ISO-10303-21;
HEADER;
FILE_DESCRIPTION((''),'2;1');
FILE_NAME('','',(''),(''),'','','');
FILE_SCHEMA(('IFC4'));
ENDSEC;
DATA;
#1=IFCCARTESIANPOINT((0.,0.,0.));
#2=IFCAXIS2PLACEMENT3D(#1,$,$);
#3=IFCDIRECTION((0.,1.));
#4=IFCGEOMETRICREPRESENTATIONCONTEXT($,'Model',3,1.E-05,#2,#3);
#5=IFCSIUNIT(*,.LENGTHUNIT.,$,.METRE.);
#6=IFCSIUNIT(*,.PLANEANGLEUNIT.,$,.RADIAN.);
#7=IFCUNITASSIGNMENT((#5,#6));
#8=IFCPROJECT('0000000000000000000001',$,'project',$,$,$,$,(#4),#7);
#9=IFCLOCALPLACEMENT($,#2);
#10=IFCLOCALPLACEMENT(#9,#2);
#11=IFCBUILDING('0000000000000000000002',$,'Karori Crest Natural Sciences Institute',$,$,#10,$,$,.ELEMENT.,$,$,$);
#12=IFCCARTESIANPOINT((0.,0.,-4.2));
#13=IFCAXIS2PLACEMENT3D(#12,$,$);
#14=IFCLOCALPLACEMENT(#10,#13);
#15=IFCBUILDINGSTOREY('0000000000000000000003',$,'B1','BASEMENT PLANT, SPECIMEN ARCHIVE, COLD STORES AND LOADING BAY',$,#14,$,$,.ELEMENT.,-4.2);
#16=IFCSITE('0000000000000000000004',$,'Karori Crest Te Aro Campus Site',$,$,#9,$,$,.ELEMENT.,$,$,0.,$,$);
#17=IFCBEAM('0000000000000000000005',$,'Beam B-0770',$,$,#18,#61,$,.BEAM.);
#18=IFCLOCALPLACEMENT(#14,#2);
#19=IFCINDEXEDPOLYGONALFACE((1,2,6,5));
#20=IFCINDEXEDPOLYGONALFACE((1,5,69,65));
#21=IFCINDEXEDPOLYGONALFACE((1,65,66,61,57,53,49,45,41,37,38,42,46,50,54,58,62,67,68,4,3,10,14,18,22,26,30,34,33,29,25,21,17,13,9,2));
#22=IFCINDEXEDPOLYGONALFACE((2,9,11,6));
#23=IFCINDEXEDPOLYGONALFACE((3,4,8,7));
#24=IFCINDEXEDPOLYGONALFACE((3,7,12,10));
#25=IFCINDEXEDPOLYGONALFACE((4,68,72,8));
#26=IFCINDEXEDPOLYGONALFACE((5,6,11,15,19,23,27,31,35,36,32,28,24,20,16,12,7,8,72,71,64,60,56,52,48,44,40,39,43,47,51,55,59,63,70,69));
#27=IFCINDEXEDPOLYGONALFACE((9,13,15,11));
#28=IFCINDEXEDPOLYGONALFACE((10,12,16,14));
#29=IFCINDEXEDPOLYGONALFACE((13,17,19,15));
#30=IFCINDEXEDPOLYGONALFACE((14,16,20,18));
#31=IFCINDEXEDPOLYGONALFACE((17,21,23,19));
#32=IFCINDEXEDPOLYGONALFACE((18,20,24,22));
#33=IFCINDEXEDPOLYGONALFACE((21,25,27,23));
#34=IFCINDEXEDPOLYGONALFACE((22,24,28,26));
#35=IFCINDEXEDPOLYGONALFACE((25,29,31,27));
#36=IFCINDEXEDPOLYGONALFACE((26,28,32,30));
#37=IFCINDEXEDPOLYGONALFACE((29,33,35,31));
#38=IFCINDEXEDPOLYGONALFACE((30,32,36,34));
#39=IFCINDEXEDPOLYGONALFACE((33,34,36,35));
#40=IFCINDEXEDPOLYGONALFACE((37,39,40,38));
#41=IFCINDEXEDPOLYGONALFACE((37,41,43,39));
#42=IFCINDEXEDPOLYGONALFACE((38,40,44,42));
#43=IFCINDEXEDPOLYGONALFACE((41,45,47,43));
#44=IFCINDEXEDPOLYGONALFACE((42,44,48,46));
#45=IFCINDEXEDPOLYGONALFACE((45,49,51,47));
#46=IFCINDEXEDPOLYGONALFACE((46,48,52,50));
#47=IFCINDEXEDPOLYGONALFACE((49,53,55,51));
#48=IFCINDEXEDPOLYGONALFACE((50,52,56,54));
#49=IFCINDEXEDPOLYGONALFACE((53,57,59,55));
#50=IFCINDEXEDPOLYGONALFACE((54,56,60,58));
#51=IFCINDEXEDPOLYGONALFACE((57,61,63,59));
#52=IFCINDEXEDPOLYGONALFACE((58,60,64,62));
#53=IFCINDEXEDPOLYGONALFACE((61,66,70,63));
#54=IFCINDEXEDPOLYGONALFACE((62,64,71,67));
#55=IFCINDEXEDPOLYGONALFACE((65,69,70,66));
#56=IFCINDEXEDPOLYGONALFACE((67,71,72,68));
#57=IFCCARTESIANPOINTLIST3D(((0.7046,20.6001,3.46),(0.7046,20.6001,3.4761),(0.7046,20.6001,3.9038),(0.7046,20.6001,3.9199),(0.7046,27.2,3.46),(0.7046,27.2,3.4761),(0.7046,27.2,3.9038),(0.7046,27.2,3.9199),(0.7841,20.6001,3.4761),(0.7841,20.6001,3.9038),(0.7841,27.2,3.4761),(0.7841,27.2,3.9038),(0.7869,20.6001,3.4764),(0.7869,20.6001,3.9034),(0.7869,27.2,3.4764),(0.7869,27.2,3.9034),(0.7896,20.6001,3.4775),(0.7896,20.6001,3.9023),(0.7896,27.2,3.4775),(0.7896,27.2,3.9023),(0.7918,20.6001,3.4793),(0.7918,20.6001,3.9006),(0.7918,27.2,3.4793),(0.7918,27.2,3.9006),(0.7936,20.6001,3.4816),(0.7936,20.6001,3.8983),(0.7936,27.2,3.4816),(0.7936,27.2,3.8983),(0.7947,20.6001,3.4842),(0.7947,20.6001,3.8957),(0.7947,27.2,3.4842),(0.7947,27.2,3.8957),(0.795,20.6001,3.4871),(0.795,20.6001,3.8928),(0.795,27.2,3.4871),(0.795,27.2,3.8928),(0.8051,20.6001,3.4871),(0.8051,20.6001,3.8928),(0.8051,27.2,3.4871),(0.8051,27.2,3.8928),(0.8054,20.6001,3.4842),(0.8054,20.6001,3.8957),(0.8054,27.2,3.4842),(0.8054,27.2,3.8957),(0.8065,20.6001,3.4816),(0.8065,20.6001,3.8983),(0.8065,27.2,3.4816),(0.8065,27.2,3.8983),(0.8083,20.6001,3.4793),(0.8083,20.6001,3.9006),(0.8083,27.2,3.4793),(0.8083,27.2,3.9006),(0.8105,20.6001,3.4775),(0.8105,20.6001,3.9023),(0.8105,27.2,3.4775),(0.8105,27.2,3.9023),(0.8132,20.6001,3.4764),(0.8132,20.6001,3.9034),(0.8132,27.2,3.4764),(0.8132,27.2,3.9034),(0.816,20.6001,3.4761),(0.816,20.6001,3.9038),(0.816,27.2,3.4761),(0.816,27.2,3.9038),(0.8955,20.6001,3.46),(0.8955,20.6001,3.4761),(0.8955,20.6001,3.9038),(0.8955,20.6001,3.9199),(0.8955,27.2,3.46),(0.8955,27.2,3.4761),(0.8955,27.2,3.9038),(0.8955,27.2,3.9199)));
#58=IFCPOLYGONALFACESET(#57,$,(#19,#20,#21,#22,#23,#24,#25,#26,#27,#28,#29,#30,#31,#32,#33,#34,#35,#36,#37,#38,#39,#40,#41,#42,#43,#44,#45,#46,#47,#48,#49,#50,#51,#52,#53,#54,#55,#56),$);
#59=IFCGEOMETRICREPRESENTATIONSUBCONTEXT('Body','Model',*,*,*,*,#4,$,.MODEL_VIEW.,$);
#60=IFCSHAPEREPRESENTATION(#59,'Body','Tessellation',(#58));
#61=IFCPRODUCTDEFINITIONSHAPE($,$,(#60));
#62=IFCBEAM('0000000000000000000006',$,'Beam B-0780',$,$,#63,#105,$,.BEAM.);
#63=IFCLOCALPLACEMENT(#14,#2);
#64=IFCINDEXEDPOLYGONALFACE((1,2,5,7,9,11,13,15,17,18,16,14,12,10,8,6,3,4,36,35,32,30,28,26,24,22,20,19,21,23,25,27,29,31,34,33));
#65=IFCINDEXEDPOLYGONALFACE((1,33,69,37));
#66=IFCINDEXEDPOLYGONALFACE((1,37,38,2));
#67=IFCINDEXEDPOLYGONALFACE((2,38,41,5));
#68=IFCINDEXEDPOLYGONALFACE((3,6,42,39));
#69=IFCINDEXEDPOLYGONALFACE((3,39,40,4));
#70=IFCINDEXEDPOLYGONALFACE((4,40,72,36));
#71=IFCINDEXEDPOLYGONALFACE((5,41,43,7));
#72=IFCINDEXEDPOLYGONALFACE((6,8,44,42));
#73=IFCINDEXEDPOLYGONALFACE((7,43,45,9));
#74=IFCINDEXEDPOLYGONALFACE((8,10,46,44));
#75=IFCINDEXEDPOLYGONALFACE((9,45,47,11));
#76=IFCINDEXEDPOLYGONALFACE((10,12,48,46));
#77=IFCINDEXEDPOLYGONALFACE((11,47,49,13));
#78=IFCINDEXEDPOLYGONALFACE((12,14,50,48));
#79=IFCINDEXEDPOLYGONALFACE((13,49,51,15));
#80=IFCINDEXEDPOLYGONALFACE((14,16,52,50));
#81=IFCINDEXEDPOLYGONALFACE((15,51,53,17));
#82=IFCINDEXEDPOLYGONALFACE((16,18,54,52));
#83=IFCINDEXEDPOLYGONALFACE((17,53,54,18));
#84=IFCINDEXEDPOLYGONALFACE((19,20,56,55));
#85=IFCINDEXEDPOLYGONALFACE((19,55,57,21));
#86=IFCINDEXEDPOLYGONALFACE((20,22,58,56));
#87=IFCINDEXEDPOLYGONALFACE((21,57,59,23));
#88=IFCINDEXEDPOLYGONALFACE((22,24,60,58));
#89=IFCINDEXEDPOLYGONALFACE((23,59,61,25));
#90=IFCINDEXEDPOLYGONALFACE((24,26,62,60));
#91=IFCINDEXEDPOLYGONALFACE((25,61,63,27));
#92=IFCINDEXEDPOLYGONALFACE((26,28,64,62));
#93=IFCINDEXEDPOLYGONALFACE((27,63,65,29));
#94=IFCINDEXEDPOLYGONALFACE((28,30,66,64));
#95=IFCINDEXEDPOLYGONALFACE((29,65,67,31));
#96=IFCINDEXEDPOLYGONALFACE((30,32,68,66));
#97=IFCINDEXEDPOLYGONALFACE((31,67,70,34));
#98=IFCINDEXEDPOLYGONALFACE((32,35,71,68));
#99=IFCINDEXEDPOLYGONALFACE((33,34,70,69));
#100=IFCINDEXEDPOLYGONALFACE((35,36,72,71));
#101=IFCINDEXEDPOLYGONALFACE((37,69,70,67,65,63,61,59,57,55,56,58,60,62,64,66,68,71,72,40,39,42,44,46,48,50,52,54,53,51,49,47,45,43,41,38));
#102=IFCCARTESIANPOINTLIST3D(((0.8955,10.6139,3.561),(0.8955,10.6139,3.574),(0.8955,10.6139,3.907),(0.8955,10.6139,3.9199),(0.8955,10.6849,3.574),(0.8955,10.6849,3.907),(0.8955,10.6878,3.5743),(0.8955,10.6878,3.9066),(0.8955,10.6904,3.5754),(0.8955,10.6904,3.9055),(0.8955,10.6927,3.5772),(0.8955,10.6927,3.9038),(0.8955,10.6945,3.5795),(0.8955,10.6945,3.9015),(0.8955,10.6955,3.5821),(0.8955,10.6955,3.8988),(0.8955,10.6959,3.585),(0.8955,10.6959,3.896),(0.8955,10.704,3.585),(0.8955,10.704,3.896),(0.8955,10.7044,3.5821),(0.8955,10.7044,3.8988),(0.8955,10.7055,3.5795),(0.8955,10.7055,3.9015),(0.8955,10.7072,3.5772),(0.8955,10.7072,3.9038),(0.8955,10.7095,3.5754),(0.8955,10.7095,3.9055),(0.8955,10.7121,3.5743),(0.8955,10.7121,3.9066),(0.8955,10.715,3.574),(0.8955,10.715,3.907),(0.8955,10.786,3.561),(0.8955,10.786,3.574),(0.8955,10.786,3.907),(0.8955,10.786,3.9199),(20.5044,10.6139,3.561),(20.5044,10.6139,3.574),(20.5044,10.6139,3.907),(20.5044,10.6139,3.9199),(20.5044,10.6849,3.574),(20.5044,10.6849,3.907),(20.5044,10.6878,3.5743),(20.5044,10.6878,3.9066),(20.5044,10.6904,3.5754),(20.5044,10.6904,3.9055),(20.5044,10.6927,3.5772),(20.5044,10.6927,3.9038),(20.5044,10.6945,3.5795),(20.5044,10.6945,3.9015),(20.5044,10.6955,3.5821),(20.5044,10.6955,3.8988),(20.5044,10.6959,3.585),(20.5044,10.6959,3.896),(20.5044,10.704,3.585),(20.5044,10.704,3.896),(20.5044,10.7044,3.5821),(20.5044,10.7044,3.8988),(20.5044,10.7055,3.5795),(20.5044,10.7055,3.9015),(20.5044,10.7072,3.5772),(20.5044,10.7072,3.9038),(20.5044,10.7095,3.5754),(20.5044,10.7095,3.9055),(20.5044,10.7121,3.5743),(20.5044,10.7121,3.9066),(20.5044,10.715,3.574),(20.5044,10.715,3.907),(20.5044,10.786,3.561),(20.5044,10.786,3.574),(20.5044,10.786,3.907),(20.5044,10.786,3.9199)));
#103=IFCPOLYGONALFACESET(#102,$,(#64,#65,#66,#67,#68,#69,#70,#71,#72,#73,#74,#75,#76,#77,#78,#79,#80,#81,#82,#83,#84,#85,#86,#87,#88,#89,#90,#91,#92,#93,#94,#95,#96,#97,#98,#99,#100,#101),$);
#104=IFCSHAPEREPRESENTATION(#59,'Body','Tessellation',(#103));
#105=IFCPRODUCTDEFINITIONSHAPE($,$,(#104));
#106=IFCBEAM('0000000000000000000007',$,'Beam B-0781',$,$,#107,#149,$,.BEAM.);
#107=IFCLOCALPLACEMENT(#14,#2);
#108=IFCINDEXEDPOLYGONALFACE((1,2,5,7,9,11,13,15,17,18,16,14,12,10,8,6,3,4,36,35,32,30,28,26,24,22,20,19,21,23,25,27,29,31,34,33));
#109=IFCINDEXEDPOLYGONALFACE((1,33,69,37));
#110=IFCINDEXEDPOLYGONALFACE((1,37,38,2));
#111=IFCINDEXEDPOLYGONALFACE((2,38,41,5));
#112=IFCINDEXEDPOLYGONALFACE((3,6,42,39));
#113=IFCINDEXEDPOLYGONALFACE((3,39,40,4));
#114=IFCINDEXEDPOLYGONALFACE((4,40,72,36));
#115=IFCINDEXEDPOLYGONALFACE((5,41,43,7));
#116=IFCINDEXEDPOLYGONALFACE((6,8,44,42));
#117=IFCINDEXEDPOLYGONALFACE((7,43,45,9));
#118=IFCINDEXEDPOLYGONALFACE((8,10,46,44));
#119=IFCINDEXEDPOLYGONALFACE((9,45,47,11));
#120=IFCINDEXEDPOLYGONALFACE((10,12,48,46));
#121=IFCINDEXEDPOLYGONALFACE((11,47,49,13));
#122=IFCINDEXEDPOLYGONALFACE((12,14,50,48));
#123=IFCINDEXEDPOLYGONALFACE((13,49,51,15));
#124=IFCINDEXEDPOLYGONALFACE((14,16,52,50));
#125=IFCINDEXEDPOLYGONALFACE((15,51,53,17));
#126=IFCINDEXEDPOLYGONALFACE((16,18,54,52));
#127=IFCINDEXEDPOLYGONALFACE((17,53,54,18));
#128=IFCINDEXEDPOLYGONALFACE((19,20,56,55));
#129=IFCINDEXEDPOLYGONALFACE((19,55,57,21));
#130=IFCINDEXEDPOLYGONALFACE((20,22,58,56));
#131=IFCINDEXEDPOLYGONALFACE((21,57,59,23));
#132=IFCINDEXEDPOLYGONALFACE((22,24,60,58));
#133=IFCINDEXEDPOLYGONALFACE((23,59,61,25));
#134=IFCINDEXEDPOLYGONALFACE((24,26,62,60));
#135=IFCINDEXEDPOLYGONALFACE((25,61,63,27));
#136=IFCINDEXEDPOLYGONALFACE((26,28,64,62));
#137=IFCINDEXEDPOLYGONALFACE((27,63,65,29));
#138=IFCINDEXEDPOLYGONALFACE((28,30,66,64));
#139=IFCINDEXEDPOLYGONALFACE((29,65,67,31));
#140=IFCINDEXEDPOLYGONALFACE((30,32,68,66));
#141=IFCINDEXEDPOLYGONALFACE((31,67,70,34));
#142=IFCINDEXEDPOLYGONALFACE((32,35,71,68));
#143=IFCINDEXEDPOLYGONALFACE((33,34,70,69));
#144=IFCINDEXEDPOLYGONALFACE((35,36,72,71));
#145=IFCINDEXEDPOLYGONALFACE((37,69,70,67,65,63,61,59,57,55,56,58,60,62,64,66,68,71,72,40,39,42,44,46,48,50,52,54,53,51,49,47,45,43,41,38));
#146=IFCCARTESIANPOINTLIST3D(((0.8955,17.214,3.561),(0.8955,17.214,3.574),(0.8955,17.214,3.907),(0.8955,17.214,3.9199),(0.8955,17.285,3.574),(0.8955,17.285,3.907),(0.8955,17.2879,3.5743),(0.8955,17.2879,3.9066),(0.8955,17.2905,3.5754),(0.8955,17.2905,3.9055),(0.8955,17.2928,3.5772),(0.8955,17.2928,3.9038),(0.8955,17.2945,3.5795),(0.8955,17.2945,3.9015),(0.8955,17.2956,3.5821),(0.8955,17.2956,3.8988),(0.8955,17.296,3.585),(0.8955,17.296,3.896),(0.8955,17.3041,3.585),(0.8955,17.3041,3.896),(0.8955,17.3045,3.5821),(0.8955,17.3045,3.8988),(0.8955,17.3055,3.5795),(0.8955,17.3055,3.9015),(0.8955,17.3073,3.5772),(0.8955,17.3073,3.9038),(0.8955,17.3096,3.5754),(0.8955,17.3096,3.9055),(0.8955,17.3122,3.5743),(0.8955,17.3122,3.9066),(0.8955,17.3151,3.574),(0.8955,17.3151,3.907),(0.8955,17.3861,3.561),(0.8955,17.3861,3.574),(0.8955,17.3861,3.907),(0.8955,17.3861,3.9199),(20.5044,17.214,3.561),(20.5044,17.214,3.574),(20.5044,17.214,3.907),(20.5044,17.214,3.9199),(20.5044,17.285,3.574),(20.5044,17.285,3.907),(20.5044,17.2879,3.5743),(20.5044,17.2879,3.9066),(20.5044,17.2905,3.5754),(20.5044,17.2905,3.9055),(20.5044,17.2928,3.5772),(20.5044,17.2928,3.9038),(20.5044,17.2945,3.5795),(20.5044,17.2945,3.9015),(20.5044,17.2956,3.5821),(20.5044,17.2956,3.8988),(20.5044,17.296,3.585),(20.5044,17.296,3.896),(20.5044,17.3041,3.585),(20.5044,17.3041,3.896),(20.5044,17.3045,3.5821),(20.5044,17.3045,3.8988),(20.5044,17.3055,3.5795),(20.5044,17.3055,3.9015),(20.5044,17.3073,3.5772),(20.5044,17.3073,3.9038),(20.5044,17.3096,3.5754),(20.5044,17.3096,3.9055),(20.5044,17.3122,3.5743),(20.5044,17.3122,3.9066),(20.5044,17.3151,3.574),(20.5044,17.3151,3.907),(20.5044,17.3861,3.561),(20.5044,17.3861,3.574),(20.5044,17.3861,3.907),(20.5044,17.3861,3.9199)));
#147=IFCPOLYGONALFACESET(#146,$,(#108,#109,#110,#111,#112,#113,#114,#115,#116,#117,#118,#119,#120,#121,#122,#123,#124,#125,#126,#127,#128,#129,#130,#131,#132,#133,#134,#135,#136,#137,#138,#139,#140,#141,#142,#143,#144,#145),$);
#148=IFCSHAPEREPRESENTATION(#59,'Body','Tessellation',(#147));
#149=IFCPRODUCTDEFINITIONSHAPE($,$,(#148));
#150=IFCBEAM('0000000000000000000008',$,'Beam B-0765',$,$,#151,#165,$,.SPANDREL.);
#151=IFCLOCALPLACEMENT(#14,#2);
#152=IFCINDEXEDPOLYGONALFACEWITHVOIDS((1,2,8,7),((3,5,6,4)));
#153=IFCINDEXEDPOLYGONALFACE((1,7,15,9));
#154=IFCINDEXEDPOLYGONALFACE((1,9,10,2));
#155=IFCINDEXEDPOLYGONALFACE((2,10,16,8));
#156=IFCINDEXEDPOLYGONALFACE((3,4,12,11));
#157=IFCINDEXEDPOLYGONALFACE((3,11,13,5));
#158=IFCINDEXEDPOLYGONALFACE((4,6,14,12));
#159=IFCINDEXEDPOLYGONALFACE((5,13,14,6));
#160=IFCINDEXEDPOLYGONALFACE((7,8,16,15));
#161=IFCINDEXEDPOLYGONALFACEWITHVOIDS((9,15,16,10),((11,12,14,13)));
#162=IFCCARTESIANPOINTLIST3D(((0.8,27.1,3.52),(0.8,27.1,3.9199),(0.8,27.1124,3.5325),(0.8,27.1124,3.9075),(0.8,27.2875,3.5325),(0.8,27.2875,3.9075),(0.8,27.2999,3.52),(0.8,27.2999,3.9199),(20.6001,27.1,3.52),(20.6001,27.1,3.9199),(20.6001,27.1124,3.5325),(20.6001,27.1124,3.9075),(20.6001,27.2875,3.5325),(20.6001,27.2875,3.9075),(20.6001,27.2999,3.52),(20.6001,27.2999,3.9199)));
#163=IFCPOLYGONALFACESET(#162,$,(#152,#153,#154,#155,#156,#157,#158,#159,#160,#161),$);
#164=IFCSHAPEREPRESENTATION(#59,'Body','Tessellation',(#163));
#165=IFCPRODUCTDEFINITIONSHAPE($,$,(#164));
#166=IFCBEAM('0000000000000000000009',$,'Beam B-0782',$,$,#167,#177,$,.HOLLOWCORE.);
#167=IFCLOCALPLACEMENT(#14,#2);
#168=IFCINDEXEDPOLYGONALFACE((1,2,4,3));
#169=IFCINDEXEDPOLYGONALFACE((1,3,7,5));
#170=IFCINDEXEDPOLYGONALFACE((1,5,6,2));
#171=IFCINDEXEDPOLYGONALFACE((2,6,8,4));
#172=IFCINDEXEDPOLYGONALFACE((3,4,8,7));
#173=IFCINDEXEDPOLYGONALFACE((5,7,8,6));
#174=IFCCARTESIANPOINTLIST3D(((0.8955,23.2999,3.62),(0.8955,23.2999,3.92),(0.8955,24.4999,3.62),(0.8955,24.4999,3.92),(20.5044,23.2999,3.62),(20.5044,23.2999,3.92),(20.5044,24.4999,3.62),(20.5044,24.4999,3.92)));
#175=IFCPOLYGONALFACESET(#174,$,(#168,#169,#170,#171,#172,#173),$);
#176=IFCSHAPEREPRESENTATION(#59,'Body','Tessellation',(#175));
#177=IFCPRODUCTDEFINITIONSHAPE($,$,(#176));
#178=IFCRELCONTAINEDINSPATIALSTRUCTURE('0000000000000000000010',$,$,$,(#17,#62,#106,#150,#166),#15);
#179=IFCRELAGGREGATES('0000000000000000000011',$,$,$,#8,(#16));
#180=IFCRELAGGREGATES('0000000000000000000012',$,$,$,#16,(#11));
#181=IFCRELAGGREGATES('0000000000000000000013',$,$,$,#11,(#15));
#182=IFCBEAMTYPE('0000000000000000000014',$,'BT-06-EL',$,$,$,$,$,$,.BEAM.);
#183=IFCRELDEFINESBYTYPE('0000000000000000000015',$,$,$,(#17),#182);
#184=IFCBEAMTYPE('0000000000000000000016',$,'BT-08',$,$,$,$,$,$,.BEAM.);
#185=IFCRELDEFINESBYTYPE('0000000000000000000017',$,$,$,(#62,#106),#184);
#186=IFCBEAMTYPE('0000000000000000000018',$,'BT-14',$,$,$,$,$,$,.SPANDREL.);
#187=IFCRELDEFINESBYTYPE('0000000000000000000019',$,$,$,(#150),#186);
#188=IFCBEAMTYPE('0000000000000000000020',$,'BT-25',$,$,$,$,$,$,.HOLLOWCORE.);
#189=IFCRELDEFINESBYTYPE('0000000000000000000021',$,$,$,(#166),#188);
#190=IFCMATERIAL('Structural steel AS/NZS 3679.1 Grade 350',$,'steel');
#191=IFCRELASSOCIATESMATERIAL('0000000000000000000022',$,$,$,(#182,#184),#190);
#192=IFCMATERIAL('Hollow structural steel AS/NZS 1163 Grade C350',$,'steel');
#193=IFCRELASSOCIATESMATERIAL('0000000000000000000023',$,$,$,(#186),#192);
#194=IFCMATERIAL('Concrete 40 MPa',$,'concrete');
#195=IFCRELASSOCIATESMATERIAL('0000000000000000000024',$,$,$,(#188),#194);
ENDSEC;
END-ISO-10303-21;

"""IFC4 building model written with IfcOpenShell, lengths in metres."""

from ifc_helpers import new_model, si_unit, direction, frame, origin, origin_2d, place, context, subcontext, project, spatial, rectangle, hollow_rectangle, i_section, extrude, material, material_profile, profile_set, type_object, element, save


model = new_model("IFC4")

# Units and contexts
model_context = context("Model", 3, precision=1e-05, world=origin(), true_north=direction((0.0, 1.0)))
body_context = subcontext(model_context, "Body", "Model", "MODEL_VIEW")
ifc_project = project(units=[si_unit("LENGTHUNIT", "METRE"), si_unit("PLANEANGLEUNIT", "RADIAN")], contexts=[model_context])

# Site, building, storey
site_placement = place(None, origin())
site = spatial("IfcSite", under=ifc_project, at=site_placement, Name="Karori Crest Te Aro Campus Site", CompositionType="ELEMENT", RefElevation=0.0)
building_placement = place(site_placement, origin())
building = spatial("IfcBuilding", under=site, at=building_placement, Name="Karori Crest Natural Sciences Institute", CompositionType="ELEMENT")
storey_placement = place(building_placement, frame((0.0, 0.0, -4.2)))
storey = spatial("IfcBuildingStorey", under=building, at=storey_placement, Name="B1", Description="BASEMENT PLANT, SPECIMEN ARCHIVE, COLD STORES AND LOADING BAY", CompositionType="ELEMENT", Elevation=-4.2)

# Shared definitions
ifc_material_1 = material(Name="Concrete 40 MPa", Category="concrete")

# Shared definitions
ifc_material_2 = material(Name="Structural steel AS/NZS 3679.1 Grade 350", Category="steel")

# Beams
ifc_material_profile_1 = material_profile(ifc_material_2, i_section(OverallWidth=0.1909, OverallDepth=0.46, WebThickness=0.01, FlangeThickness=0.0161, FilletRadius=0.011, at=origin_2d()), Name="460UB82.1")
ifc_profile_set_1 = profile_set([ifc_material_profile_1], Name="Structural steel AS/NZS 3679.1 Grade 350")
beam_type_1 = type_object("IfcBeamType", Name="BT-06-EL", PredefinedType="BEAM", material=ifc_profile_set_1)
beam_1_placement = place(storey_placement, frame((0.8, 20.6001, 3.6899), z_axis=(0.0, 1.0, 0.0), x_axis=(-1.0, 0.0, 0.0)))
element("IfcBeam", 1, at=beam_1_placement, inside=storey, type_object=beam_type_1, Name="Beam B-0770", PredefinedType="BEAM", context=body_context, shape_type="SweptSolid", body=[
    extrude(i_section(OverallWidth=0.1909, OverallDepth=0.46, WebThickness=0.01, FlangeThickness=0.0161, FilletRadius=0.011, at=origin_2d()), origin(), (0.0, 0.0, 1.0), 6.5999),
])
ifc_material_profile_2 = material_profile(ifc_material_2, i_section(OverallWidth=0.1721, OverallDepth=0.3589, WebThickness=0.0081, FlangeThickness=0.0129, FilletRadius=0.011, at=origin_2d()), Name="360UB56.7")
ifc_profile_set_2 = profile_set([ifc_material_profile_2], Name="Structural steel AS/NZS 3679.1 Grade 350")
beam_type_2 = type_object("IfcBeamType", Name="BT-08", PredefinedType="BEAM", material=ifc_profile_set_2)
for number, where, z_axis, x_axis, name in (
    (2, (0.8955, 10.7, 3.7405), (1.0, 0.0, 0.0), (0.0, 1.0, 0.0), "Beam B-0780"),
    (3, (0.8955, 17.3, 3.7405), (1.0, 0.0, 0.0), (0.0, 1.0, 0.0), "Beam B-0781"),
):
    element("IfcBeam", number, at=place(storey_placement, frame(where, z_axis=z_axis, x_axis=x_axis)), inside=storey, type_object=beam_type_2, Name=name, PredefinedType="BEAM", context=body_context, shape_type="SweptSolid", body=[
        extrude(i_section(OverallWidth=0.1721, OverallDepth=0.3589, WebThickness=0.0081, FlangeThickness=0.0129, FilletRadius=0.011, at=origin_2d()), origin(), (0.0, 0.0, 1.0), 19.6089),
    ])
ifc_material_3 = material(Name="Hollow structural steel AS/NZS 1163 Grade C350", Category="steel")
ifc_material_profile_3 = material_profile(ifc_material_3, hollow_rectangle(XDim=0.2, YDim=0.3999, WallThickness=0.0125, at=origin_2d()), Name="RHS400x200x12.5")
ifc_profile_set_3 = profile_set([ifc_material_profile_3], Name="Hollow structural steel AS/NZS 1163 Grade C350")
beam_type_3 = type_object("IfcBeamType", Name="BT-14", PredefinedType="SPANDREL", material=ifc_profile_set_3)
beam_2_placement = place(storey_placement, frame((0.8, 27.2, 3.72), z_axis=(1.0, 0.0, 0.0), x_axis=(0.0, 1.0, 0.0)))
element("IfcBeam", 4, at=beam_2_placement, inside=storey, type_object=beam_type_3, Name="Beam B-0765", PredefinedType="SPANDREL", context=body_context, shape_type="SweptSolid", body=[
    extrude(hollow_rectangle(XDim=0.2, YDim=0.3999, WallThickness=0.0125, at=origin_2d()), origin(), (0.0, 0.0, 1.0), 19.8),
])
ifc_material_profile_4 = material_profile(ifc_material_1, rectangle(XDim=1.2, YDim=0.3, at=origin_2d()), Name="HCP1200x300")
ifc_profile_set_4 = profile_set([ifc_material_profile_4], Name="Concrete 40 MPa")
beam_type_4 = type_object("IfcBeamType", Name="BT-25", PredefinedType="HOLLOWCORE", material=ifc_profile_set_4)
beam_3_placement = place(storey_placement, frame((0.8955, 23.8999, 3.77), z_axis=(1.0, 0.0, 0.0), x_axis=(0.0, 1.0, 0.0)))
element("IfcBeam", 5, at=beam_3_placement, inside=storey, type_object=beam_type_4, Name="Beam B-0782", PredefinedType="HOLLOWCORE", context=body_context, shape_type="SweptSolid", body=[
    extrude(rectangle(XDim=1.2, YDim=0.3, at=origin_2d()), origin(), (0.0, 0.0, 1.0), 19.6089),
])

save(model, "model.ifc")
